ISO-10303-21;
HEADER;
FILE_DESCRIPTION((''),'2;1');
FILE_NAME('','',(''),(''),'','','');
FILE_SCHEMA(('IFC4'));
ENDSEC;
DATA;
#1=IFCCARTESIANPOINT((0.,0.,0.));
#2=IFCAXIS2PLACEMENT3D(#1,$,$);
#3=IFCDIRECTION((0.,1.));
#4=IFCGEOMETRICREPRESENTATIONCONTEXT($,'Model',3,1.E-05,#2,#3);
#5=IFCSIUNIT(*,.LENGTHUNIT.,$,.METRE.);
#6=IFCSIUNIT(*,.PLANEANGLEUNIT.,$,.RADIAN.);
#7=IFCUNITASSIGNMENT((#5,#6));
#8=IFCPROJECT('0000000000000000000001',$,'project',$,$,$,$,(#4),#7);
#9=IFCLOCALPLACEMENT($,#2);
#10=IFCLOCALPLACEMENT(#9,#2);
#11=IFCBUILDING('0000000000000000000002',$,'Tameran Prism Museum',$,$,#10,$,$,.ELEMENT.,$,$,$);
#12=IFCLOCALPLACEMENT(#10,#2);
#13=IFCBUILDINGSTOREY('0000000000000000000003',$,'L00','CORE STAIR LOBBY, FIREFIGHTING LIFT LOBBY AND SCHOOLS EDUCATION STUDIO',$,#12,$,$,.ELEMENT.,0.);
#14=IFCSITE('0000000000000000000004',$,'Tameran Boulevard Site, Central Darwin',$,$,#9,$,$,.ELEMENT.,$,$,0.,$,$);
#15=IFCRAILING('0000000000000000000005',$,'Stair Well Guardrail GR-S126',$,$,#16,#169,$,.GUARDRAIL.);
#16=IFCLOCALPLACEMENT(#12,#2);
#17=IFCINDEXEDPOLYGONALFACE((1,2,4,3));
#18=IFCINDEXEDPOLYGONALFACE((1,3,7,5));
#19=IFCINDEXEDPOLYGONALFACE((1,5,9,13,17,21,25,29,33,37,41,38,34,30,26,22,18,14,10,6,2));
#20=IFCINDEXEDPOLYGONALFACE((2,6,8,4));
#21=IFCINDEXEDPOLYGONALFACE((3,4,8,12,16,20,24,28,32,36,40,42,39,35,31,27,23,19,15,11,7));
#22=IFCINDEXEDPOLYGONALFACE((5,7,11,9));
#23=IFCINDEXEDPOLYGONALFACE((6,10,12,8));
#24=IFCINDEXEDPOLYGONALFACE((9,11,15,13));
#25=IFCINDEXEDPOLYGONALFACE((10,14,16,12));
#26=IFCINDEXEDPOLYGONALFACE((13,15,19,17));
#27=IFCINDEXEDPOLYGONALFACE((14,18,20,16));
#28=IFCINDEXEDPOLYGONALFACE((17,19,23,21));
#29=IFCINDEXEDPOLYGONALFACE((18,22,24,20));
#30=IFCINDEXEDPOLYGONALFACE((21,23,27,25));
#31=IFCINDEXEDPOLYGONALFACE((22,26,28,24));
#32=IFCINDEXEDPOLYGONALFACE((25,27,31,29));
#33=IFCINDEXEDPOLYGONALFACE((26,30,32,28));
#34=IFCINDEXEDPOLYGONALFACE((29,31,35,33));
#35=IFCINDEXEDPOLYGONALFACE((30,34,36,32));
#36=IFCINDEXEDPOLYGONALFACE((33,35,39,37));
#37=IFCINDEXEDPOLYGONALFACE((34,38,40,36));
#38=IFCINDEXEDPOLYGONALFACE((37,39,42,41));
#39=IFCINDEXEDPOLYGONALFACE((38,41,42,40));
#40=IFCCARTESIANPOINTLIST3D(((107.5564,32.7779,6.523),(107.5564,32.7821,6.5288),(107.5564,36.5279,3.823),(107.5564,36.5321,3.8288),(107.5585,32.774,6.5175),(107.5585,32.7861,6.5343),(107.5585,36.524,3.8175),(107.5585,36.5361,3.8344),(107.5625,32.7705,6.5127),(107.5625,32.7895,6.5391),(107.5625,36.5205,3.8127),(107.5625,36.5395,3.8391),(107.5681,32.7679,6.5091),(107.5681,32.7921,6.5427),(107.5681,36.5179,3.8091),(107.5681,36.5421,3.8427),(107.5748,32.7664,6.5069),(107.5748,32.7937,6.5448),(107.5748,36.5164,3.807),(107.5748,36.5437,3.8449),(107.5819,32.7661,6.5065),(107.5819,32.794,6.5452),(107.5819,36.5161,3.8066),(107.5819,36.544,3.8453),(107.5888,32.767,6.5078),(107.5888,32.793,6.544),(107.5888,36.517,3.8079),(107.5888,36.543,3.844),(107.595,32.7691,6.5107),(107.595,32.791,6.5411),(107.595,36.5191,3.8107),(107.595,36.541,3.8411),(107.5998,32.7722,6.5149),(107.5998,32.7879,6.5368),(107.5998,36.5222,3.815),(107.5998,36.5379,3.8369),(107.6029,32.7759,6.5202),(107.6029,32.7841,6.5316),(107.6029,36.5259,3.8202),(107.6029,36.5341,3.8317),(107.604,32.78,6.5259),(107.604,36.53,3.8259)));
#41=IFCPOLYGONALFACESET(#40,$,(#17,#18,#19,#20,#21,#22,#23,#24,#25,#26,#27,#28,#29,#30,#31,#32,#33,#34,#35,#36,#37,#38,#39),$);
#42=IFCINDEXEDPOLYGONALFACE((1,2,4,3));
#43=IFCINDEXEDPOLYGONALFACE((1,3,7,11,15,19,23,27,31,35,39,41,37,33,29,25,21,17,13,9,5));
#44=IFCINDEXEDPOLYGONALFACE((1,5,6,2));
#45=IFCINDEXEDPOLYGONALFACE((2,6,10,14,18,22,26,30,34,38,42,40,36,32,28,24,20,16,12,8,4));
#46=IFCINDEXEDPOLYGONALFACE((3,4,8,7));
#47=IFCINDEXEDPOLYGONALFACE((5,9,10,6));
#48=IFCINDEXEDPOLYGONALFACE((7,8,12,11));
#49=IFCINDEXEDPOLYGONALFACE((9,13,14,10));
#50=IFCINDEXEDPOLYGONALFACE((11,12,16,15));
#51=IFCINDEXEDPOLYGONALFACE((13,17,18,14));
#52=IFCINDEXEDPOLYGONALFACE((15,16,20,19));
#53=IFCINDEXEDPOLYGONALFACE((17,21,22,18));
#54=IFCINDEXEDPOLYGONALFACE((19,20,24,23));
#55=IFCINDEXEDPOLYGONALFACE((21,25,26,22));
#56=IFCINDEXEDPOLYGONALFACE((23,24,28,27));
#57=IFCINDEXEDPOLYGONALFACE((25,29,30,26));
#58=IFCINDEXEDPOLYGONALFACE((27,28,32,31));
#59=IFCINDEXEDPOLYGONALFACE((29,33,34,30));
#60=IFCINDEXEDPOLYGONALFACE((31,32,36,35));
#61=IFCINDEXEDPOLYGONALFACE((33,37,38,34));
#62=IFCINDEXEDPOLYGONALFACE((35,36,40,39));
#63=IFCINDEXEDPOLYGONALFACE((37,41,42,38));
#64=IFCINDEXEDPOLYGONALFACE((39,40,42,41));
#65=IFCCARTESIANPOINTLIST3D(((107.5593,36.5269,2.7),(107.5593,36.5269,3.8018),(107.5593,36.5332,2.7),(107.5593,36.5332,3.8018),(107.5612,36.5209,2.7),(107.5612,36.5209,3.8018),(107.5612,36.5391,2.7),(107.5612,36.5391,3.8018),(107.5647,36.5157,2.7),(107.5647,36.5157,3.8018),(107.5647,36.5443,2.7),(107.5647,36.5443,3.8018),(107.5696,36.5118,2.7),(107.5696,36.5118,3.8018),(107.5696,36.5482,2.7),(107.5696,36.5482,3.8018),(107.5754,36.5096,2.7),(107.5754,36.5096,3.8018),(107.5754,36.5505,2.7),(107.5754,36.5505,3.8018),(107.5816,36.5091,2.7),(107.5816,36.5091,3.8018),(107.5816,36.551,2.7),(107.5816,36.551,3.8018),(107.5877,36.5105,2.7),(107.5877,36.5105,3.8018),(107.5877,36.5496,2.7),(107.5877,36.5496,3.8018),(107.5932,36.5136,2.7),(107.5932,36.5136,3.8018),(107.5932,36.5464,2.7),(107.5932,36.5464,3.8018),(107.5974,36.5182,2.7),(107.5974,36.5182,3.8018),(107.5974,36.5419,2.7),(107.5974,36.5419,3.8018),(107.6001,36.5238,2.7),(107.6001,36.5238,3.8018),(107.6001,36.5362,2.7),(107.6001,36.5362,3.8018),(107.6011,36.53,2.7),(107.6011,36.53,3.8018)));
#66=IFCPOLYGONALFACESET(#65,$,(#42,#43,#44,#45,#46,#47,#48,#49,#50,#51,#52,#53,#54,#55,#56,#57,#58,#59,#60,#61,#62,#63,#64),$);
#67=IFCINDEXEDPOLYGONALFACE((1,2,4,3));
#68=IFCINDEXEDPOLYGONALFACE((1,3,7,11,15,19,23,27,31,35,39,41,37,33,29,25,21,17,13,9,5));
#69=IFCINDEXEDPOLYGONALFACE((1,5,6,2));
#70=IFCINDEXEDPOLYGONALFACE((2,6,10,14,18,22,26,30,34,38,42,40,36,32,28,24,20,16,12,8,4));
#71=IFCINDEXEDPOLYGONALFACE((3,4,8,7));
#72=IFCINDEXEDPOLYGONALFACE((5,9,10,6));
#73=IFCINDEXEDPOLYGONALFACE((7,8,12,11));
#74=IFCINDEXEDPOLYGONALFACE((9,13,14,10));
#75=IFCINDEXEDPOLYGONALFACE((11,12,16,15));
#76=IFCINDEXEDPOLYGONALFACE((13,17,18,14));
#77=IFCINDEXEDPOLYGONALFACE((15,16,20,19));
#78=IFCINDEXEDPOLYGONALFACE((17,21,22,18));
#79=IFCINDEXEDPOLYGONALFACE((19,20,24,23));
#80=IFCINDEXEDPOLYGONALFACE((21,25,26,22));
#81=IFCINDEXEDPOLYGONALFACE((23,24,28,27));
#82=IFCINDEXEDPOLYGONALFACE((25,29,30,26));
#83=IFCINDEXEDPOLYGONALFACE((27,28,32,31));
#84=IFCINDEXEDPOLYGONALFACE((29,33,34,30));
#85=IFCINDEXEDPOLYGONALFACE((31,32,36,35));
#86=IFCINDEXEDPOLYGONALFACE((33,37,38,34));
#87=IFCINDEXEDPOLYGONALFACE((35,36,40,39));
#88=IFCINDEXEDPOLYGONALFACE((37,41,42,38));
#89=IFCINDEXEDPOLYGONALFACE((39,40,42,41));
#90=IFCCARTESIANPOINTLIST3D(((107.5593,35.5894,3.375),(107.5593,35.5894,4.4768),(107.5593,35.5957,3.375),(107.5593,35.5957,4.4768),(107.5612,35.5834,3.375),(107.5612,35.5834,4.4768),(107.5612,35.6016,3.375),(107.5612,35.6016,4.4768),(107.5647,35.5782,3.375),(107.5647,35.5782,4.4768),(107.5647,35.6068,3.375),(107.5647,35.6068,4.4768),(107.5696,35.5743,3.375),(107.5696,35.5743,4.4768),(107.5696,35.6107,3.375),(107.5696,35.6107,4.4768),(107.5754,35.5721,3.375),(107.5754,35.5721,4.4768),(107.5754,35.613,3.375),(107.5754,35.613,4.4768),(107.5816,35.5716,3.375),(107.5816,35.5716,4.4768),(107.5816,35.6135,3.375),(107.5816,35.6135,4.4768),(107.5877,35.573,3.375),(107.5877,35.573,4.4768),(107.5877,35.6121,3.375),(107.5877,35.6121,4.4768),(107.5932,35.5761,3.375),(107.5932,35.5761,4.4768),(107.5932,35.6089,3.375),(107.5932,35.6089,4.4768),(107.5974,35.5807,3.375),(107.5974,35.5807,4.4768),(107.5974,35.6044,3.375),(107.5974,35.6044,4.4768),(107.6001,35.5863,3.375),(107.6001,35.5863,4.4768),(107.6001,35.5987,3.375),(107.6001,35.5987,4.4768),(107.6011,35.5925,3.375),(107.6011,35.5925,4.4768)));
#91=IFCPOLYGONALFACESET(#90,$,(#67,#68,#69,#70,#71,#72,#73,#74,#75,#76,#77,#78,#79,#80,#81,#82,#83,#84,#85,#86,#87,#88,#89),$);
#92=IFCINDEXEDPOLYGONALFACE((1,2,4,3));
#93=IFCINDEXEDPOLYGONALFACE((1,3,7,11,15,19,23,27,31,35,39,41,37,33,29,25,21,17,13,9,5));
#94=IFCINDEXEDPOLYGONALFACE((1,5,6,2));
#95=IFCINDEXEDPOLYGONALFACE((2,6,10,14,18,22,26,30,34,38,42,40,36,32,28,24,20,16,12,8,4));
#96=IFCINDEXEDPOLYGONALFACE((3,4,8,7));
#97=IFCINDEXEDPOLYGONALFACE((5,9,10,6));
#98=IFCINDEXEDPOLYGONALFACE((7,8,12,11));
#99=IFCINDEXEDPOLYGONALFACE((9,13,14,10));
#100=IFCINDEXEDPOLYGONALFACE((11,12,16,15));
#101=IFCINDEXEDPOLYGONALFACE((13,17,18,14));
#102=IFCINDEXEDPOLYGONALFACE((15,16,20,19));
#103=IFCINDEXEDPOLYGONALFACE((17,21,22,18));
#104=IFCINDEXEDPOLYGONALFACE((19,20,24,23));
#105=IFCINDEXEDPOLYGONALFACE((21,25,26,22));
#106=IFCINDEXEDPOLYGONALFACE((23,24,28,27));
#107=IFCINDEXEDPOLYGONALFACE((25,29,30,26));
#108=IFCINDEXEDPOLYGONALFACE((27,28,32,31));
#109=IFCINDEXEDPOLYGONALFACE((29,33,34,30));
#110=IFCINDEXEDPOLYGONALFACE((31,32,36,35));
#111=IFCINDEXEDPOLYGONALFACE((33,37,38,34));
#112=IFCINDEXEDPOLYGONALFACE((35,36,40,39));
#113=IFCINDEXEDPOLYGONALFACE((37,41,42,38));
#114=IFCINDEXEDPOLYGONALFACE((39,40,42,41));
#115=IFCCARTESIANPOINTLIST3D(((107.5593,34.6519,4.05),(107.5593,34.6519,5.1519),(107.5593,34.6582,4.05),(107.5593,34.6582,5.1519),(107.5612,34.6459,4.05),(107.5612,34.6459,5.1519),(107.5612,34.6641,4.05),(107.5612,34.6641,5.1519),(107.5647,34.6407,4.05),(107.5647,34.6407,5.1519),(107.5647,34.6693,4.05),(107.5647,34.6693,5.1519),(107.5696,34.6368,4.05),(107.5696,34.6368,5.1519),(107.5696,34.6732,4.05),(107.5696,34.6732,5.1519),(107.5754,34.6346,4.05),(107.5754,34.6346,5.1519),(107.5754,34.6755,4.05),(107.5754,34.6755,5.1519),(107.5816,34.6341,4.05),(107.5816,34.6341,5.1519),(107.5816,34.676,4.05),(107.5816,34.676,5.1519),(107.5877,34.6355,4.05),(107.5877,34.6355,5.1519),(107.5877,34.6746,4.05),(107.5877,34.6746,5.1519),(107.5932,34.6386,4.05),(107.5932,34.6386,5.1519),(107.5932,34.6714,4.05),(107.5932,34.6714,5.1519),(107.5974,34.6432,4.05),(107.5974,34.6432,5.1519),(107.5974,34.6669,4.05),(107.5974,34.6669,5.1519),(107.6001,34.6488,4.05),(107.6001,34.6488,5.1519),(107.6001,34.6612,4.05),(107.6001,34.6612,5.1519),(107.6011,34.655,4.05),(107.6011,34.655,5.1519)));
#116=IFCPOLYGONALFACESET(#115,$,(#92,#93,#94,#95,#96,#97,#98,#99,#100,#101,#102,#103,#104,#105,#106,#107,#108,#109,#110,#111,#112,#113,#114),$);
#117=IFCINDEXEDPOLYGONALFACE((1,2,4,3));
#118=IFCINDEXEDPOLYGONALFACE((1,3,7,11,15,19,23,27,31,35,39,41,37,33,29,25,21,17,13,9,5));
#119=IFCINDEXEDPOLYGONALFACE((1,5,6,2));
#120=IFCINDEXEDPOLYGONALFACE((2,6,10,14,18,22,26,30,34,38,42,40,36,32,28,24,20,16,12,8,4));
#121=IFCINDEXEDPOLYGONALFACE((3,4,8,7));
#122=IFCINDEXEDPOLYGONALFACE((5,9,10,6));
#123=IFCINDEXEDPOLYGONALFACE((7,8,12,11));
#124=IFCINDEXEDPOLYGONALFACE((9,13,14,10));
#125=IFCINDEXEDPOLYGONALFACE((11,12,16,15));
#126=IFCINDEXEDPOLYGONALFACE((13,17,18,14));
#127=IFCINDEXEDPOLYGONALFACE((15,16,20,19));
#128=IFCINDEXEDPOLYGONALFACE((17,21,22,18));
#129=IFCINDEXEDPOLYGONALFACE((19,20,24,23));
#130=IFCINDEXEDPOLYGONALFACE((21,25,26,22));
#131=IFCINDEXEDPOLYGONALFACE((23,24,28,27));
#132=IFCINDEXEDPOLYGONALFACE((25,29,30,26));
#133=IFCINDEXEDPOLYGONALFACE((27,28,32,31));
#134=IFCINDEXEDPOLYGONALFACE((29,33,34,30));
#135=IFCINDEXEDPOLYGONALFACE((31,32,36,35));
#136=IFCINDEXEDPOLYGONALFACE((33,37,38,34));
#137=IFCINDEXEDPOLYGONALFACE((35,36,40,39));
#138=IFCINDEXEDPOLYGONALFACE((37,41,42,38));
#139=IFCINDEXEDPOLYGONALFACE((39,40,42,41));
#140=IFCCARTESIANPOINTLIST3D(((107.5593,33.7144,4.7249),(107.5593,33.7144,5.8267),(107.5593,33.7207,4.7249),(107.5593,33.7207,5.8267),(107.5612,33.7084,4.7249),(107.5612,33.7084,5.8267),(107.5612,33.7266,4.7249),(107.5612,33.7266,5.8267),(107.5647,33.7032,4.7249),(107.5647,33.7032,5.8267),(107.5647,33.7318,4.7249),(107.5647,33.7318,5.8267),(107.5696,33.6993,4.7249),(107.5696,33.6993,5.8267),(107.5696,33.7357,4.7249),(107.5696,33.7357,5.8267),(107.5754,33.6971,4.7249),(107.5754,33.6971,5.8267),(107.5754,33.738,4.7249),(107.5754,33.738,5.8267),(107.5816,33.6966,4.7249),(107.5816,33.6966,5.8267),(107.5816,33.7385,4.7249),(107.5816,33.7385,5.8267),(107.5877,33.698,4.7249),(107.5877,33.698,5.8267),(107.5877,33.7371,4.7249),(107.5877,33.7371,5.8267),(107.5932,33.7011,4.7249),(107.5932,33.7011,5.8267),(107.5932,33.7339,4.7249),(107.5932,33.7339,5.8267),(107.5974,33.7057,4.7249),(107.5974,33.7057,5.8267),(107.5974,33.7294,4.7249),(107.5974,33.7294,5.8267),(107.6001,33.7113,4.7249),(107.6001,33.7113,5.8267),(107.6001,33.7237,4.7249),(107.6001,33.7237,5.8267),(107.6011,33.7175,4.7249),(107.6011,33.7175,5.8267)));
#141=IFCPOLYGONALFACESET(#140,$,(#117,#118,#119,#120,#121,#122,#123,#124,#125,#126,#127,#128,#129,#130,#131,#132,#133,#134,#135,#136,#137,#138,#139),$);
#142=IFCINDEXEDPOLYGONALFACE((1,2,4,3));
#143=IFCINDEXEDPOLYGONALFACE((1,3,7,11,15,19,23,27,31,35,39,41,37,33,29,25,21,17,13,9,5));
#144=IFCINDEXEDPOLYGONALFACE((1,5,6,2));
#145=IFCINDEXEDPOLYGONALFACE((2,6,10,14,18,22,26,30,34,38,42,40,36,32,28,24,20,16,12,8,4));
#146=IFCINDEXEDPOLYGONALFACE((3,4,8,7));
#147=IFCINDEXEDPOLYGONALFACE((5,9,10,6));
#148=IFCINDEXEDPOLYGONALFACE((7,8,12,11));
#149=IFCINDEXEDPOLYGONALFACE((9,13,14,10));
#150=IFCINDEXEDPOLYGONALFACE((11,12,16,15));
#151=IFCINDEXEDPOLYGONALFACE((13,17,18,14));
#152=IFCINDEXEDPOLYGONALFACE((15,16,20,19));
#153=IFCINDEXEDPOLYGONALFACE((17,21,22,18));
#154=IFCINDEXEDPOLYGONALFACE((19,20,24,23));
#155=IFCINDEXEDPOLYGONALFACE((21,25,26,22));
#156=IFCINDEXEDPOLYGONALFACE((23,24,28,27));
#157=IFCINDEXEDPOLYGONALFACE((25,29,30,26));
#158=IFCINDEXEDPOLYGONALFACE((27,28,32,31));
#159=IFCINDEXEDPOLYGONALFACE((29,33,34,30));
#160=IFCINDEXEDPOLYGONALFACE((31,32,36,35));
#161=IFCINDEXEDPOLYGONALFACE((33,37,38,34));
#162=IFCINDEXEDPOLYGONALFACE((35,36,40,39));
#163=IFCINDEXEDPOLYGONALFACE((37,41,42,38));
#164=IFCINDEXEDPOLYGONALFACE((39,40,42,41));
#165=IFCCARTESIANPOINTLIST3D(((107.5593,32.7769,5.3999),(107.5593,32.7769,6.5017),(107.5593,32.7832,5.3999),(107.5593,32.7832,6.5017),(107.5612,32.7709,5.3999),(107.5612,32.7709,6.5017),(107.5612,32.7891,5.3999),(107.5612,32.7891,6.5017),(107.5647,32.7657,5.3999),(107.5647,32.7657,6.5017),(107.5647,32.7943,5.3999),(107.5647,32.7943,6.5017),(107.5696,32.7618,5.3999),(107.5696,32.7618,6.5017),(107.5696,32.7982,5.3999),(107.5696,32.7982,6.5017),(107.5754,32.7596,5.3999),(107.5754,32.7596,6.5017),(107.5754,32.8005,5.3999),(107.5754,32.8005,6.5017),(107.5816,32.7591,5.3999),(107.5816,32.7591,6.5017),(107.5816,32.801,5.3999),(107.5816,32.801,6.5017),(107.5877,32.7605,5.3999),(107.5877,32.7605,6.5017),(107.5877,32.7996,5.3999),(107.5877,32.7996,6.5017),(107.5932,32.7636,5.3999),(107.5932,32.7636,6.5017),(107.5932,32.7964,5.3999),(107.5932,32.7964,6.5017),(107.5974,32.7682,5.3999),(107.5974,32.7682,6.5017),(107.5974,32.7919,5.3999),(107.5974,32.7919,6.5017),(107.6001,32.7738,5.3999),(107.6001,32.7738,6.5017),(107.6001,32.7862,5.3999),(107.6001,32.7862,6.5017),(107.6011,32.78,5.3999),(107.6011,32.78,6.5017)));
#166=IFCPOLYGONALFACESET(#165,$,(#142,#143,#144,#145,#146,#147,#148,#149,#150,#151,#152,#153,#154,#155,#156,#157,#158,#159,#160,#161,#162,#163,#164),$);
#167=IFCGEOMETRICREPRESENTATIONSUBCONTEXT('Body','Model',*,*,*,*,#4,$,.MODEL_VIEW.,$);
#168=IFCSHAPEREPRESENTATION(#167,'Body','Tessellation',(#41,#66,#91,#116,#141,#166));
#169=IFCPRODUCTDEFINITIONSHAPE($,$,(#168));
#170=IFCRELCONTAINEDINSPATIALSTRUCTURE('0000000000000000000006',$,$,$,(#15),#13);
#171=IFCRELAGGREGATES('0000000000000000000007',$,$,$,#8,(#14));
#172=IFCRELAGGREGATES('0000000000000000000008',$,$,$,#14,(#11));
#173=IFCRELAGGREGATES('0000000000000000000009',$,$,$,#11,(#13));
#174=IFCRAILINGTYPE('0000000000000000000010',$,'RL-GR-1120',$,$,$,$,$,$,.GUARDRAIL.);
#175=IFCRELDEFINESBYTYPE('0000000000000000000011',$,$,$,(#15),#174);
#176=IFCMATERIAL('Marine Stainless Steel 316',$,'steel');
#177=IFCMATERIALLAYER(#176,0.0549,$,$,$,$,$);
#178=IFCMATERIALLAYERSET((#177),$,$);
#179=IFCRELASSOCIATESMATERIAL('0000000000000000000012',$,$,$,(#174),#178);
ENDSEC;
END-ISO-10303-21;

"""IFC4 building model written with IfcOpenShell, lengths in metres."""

from ifc_helpers import new_model, si_unit, direction, frame, origin, origin_2d, place, context, subcontext, project, spatial, circle, extrude, material, layer, layer_set, type_object, element, save


model = new_model("IFC4")

# Units and contexts
model_context = context("Model", 3, precision=1e-05, world=origin(), true_north=direction((0.0, 1.0)))
body_context = subcontext(model_context, "Body", "Model", "MODEL_VIEW")
ifc_project = project(units=[si_unit("LENGTHUNIT", "METRE"), si_unit("PLANEANGLEUNIT", "RADIAN")], contexts=[model_context])

# Site, building, storey
site_placement = place(None, origin())
site = spatial("IfcSite", under=ifc_project, at=site_placement, Name="Tameran Boulevard Site, Central Darwin", CompositionType="ELEMENT", RefElevation=0.0)
building_placement = place(site_placement, origin())
building = spatial("IfcBuilding", under=site, at=building_placement, Name="Tameran Prism Museum", CompositionType="ELEMENT")
storey_placement = place(building_placement, origin())
storey = spatial("IfcBuildingStorey", under=building, at=storey_placement, Name="L00", Description="CORE STAIR LOBBY, FIREFIGHTING LIFT LOBBY AND SCHOOLS EDUCATION STUDIO", CompositionType="ELEMENT", Elevation=0.0)

# Railing
ifc_material_1 = material(Name="Marine Stainless Steel 316", Category="steel")
ifc_layer_1 = layer(ifc_material_1, 0.0549)
ifc_layer_set_1 = layer_set([ifc_layer_1])
railing_type_1 = type_object("IfcRailingType", Name="RL-GR-1120", PredefinedType="GUARDRAIL", material=ifc_layer_set_1)
railing_1_placement = place(storey_placement, frame((107.5801, 36.53, 2.7)))
element("IfcRailing", 1, at=railing_1_placement, inside=storey, type_object=railing_type_1, Name="Stair Well Guardrail GR-S126", PredefinedType="GUARDRAIL", context=body_context, shape_type="SweptSolid", body=[
    extrude(circle(Radius=0.0239, at=origin_2d()), frame((0.0, 0.0, 1.126), z_axis=(0.0, -0.811539, 0.584298), x_axis=(1.0, 0.0, 0.0)), (0.0, 0.0, 1.0), 4.6208),
    extrude(circle(Radius=0.021, at=origin_2d()), origin(), (0.0, 0.0, 1.0), 1.1018),
    extrude(circle(Radius=0.021, at=origin_2d()), frame((0.0, -0.9375, 0.675)), (0.0, 0.0, 1.0), 1.1018),
    extrude(circle(Radius=0.021, at=origin_2d()), frame((0.0, -1.875, 1.3501)), (0.0, 0.0, 1.0), 1.1018),
    extrude(circle(Radius=0.021, at=origin_2d()), frame((0.0, -2.8125, 2.0249)), (0.0, 0.0, 1.0), 1.1018),
    extrude(circle(Radius=0.021, at=origin_2d()), frame((0.0, -3.75, 2.7)), (0.0, 0.0, 1.0), 1.1018),
])

save(model, "model.ifc")
